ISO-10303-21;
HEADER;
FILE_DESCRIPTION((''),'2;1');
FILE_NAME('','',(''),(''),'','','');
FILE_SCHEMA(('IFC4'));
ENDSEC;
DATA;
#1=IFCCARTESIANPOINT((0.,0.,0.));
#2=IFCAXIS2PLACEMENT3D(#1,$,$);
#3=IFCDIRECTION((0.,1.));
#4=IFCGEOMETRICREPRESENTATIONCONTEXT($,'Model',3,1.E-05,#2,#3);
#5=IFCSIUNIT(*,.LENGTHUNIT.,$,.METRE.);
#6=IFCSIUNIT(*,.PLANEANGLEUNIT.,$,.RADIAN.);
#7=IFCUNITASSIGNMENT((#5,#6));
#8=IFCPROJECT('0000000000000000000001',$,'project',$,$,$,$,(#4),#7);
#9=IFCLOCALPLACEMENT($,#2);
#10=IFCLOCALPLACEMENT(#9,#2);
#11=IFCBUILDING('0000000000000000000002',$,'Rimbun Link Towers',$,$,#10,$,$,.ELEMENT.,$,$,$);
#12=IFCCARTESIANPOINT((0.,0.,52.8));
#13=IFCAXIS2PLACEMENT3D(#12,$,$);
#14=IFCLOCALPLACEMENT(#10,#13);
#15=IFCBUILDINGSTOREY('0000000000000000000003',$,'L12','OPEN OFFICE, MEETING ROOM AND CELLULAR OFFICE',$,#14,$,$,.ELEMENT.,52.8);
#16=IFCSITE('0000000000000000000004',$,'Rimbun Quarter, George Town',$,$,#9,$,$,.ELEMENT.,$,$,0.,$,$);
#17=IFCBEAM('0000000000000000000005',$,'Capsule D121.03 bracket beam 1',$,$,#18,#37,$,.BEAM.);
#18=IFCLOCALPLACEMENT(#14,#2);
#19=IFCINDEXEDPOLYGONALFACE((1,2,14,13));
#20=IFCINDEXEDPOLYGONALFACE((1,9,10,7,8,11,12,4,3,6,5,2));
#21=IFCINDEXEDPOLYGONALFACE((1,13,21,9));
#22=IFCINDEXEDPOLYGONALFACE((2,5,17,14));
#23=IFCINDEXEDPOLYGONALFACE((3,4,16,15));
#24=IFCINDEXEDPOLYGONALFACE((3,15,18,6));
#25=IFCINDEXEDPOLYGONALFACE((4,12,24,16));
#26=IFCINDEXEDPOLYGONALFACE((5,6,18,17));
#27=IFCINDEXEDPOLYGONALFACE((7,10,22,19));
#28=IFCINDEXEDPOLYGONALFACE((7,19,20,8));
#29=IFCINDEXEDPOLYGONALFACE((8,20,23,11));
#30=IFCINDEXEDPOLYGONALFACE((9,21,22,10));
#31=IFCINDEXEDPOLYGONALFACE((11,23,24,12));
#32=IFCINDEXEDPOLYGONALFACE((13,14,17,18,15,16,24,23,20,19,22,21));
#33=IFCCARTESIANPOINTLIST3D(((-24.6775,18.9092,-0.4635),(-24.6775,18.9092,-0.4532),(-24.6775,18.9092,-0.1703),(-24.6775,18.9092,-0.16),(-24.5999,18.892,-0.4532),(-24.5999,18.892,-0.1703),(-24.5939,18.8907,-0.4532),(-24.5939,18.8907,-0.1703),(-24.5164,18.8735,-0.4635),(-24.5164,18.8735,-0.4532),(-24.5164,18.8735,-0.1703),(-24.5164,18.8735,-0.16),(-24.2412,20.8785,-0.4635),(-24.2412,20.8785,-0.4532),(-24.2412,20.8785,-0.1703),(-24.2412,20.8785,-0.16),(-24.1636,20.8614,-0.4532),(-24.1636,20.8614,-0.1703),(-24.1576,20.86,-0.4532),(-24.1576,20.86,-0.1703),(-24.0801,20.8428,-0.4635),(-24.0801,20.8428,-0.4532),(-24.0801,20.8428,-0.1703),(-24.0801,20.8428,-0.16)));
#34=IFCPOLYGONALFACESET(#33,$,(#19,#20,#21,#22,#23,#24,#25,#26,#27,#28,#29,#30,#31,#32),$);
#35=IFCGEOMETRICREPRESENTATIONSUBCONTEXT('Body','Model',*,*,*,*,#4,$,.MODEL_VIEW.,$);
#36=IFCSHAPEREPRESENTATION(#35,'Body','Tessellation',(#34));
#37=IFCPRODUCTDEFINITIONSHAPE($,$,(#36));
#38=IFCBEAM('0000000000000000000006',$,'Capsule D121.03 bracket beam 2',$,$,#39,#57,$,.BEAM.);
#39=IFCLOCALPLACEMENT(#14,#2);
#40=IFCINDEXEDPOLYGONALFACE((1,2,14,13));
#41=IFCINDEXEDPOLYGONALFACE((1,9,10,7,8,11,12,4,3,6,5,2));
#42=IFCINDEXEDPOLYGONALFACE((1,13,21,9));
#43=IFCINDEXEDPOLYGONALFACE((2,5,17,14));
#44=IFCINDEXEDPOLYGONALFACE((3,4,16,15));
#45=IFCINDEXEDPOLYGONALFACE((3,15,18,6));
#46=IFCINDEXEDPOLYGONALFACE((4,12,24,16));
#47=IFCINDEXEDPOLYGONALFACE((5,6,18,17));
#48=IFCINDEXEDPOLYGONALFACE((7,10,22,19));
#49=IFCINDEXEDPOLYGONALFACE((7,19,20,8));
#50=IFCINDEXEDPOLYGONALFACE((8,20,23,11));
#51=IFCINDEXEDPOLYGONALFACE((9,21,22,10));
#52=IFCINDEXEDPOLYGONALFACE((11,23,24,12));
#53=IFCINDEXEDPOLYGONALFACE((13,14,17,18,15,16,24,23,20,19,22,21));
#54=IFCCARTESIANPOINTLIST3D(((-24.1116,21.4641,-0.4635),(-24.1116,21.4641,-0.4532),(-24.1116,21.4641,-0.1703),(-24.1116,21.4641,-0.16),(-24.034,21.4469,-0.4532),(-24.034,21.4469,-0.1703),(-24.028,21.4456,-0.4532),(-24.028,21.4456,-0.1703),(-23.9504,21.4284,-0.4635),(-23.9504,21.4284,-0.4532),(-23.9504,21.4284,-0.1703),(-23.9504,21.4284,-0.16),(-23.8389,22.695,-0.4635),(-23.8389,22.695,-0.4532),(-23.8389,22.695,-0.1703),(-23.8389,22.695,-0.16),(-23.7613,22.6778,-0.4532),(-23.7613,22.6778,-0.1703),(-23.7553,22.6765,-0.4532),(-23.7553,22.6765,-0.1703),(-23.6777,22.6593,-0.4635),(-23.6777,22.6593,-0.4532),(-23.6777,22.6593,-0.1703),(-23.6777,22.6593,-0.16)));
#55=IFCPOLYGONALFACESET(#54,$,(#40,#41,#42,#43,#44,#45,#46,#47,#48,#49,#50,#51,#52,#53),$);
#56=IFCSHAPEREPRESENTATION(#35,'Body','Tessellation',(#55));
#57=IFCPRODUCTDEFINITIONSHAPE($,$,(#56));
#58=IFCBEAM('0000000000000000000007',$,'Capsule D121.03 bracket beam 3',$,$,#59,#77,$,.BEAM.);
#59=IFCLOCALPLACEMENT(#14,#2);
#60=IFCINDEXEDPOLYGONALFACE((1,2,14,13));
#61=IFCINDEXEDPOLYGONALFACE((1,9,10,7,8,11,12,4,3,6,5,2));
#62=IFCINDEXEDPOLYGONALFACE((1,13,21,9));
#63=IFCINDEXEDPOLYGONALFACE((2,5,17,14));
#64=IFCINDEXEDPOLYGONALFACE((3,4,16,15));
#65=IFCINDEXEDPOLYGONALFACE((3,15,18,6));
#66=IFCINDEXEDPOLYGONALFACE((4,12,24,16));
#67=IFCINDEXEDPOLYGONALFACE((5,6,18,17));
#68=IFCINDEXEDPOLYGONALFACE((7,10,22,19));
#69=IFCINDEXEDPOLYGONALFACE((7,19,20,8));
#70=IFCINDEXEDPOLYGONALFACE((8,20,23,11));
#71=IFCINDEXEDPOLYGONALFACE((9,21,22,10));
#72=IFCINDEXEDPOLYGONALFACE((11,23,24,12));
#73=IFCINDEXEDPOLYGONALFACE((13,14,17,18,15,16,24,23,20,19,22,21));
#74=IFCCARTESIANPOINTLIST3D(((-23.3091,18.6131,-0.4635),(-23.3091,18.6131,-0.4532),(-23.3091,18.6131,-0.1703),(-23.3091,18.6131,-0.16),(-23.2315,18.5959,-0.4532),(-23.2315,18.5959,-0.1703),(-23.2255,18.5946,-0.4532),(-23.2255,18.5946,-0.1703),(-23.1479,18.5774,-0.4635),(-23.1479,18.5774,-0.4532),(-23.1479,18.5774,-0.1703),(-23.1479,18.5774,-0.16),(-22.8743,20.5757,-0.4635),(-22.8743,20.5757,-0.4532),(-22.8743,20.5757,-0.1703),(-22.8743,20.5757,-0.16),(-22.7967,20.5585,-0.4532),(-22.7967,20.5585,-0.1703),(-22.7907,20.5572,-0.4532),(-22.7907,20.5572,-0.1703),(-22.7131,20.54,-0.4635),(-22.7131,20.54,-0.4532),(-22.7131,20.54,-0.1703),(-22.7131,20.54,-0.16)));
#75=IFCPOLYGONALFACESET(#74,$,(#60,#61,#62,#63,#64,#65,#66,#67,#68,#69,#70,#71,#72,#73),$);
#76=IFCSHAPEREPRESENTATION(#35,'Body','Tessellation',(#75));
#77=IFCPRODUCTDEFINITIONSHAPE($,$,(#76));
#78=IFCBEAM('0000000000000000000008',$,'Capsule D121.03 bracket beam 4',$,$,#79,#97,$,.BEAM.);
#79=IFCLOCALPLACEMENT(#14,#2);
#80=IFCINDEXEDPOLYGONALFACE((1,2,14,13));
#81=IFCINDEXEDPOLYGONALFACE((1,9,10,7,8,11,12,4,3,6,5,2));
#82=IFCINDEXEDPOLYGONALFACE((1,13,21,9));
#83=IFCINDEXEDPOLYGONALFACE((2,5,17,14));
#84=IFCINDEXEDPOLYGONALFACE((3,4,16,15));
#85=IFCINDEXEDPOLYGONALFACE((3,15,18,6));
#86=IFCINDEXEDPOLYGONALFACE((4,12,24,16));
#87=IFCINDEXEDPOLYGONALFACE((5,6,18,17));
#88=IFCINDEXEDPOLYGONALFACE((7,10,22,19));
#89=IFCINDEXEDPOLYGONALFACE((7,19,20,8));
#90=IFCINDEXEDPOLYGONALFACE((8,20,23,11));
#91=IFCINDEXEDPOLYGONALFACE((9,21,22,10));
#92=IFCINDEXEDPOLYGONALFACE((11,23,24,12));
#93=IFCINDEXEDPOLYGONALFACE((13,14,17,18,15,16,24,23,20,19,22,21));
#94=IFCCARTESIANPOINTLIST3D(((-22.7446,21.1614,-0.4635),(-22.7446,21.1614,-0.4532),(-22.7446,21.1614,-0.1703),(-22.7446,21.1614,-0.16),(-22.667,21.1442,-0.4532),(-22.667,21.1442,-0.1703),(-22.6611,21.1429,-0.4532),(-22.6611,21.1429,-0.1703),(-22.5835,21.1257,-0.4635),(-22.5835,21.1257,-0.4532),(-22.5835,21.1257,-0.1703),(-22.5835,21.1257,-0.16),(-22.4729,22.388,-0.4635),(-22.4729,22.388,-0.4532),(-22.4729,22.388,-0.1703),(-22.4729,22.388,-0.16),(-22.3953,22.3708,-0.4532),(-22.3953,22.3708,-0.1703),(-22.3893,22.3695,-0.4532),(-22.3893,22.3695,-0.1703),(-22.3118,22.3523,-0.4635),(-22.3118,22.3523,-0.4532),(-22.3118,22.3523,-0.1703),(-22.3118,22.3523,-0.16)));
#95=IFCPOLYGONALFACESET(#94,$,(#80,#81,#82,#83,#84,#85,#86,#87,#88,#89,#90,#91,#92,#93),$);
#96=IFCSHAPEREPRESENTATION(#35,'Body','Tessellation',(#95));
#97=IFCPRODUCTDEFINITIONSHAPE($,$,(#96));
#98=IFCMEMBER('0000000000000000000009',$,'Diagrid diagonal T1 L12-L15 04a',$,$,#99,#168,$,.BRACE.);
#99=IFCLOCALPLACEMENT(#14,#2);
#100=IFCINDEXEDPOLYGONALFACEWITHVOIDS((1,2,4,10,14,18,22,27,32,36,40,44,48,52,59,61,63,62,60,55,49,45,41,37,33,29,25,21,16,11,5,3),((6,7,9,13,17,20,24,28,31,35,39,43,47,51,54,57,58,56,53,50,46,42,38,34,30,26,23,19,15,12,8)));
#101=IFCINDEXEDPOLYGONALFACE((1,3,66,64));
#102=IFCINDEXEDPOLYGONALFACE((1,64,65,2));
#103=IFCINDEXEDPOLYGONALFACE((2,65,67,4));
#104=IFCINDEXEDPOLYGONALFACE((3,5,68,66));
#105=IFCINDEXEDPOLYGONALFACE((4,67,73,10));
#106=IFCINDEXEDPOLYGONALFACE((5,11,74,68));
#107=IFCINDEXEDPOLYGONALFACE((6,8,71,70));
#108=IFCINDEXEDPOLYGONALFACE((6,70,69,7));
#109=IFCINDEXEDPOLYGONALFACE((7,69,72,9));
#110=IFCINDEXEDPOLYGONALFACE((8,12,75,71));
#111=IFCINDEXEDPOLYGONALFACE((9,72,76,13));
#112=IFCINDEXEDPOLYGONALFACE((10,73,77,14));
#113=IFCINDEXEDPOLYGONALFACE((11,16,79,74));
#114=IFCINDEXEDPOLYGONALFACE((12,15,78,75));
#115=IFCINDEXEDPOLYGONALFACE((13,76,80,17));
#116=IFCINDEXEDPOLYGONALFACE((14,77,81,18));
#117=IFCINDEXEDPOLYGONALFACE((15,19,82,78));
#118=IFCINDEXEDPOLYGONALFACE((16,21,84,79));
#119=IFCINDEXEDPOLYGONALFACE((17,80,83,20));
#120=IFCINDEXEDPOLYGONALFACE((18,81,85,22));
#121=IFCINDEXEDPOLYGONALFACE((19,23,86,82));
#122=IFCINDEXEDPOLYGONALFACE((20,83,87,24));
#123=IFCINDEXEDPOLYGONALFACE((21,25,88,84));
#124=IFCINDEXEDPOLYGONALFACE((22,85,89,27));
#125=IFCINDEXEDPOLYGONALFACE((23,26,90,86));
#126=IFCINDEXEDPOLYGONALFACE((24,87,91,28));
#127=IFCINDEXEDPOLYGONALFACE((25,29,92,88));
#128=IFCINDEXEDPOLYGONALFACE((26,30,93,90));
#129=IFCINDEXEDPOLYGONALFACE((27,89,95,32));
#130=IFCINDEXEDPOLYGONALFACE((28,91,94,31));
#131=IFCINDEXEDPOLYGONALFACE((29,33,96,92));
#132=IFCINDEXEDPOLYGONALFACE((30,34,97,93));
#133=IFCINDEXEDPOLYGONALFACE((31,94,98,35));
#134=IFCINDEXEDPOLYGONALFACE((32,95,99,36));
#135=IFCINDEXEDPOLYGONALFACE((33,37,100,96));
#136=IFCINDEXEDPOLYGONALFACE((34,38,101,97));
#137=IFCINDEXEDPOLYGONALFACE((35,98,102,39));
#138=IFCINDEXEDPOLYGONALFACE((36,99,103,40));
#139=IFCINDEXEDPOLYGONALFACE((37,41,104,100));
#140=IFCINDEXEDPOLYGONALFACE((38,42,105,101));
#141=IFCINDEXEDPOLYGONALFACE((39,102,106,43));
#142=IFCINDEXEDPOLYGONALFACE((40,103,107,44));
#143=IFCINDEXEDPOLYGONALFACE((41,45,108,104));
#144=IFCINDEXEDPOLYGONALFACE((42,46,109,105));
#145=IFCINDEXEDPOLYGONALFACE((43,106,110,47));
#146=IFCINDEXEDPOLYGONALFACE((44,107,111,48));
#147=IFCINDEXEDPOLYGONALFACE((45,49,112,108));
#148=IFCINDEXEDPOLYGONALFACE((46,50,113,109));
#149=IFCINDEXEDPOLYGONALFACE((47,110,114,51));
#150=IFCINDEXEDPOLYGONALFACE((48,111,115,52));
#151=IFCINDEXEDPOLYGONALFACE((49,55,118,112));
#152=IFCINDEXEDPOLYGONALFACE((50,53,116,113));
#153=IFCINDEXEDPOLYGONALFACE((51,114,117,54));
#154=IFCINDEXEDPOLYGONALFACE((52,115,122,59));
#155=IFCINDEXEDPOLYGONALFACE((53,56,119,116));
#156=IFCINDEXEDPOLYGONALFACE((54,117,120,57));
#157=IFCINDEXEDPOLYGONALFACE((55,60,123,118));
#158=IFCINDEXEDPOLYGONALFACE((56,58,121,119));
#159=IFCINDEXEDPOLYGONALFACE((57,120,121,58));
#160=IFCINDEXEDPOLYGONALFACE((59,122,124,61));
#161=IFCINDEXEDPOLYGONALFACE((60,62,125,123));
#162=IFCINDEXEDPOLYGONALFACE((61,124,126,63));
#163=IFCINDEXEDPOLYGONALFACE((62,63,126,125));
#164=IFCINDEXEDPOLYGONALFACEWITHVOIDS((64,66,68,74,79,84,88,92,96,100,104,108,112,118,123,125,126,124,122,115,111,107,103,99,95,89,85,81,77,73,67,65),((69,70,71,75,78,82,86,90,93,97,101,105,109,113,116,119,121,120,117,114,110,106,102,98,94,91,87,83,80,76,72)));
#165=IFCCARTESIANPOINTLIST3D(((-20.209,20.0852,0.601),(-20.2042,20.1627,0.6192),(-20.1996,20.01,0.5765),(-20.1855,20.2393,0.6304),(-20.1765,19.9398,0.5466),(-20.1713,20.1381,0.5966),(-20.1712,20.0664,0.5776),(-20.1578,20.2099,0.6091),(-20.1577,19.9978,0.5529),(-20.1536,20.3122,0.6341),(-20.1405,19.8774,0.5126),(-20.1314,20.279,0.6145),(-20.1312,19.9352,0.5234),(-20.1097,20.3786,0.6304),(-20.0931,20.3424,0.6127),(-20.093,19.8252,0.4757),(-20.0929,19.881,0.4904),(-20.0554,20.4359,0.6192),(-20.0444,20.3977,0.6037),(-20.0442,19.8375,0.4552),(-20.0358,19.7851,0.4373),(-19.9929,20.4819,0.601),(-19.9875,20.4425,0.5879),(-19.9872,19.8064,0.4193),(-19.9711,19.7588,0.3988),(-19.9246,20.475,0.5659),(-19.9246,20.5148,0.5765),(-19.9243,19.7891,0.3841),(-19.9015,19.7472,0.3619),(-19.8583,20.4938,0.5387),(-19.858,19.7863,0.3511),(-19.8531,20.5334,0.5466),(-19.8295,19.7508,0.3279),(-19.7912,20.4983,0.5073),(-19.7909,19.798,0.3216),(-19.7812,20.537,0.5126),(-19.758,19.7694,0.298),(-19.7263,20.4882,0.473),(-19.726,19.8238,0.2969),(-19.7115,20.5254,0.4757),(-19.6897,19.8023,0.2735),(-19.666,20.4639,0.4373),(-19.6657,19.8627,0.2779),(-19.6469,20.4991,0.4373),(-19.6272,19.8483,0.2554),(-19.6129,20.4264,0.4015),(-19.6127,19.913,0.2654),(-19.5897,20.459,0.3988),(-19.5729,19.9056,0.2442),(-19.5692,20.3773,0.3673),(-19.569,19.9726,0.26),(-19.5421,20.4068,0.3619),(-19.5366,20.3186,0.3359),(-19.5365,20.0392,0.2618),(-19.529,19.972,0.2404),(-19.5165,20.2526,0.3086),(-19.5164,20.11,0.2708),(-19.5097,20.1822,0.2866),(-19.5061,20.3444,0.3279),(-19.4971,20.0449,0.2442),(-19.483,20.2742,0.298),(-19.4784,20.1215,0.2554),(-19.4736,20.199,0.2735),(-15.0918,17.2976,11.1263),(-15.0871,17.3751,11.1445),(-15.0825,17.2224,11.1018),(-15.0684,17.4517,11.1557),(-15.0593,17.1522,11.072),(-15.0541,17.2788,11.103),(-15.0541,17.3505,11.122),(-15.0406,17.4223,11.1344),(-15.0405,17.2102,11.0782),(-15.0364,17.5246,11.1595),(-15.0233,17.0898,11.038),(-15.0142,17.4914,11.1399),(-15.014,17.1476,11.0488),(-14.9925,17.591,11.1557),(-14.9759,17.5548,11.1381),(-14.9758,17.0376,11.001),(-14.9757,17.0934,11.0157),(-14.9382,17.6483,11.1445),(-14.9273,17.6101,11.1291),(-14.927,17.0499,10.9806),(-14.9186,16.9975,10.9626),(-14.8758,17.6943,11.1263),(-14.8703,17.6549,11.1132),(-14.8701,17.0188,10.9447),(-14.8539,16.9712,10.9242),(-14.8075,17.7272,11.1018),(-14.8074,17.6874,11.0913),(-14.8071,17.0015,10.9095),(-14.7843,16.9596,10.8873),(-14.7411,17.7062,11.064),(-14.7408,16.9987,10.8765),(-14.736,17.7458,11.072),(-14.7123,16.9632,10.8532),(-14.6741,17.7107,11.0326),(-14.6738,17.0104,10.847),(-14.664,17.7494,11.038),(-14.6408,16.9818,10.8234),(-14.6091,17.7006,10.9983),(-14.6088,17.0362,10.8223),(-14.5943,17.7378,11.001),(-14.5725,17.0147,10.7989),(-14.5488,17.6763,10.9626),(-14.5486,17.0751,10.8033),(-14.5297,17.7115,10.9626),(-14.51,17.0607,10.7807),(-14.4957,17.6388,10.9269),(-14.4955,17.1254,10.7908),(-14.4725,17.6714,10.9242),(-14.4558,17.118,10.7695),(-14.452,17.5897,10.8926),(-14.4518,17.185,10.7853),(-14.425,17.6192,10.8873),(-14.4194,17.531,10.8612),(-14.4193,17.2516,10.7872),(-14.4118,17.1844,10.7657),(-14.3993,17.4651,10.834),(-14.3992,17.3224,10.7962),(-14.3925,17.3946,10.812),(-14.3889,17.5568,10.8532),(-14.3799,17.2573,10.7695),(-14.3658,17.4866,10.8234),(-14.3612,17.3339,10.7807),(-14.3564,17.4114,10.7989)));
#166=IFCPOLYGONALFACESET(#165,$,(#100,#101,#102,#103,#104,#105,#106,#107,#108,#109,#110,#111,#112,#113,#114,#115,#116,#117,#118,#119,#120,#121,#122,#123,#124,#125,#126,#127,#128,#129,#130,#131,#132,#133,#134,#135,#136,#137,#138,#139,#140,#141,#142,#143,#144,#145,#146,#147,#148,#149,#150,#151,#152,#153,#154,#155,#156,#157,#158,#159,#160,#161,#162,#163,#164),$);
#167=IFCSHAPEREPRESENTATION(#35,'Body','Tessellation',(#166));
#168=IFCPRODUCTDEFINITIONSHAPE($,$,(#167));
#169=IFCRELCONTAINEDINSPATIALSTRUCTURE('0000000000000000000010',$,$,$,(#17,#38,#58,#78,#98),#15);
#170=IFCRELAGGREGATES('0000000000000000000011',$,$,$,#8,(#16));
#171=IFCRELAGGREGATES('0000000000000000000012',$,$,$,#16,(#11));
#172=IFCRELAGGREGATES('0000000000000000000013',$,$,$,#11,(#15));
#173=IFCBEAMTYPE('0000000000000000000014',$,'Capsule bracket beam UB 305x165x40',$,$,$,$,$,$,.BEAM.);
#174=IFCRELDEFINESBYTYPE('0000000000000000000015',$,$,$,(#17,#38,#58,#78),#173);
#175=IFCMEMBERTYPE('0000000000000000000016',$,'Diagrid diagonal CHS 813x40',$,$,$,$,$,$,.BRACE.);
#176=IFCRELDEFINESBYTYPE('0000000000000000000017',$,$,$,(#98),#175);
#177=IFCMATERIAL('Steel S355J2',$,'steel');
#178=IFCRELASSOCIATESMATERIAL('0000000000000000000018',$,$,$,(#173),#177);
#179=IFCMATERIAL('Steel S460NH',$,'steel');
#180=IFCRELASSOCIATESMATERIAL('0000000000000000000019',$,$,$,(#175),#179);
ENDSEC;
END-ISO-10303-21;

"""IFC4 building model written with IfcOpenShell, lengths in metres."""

from ifc_helpers import new_model, si_unit, direction, frame, origin, origin_2d, place, context, subcontext, project, spatial, hollow_circle, i_section, extrude, material, material_profile, profile_set, type_object, element, save


model = new_model("IFC4")

# Units and contexts
model_context = context("Model", 3, precision=1e-05, world=origin(), true_north=direction((0.0, 1.0)))
body_context = subcontext(model_context, "Body", "Model", "MODEL_VIEW")
ifc_project = project(units=[si_unit("LENGTHUNIT", "METRE"), si_unit("PLANEANGLEUNIT", "RADIAN")], contexts=[model_context])

# Site, building, storey
site_placement = place(None, origin())
site = spatial("IfcSite", under=ifc_project, at=site_placement, Name="Rimbun Quarter, George Town", CompositionType="ELEMENT", RefElevation=0.0)
building_placement = place(site_placement, origin())
building = spatial("IfcBuilding", under=site, at=building_placement, Name="Rimbun Link Towers", CompositionType="ELEMENT")
storey_placement = place(building_placement, frame((0.0, 0.0, 52.8)))
storey = spatial("IfcBuildingStorey", under=building, at=storey_placement, Name="L12", Description="OPEN OFFICE, MEETING ROOM AND CELLULAR OFFICE", CompositionType="ELEMENT", Elevation=52.8)

# Beams
ifc_material_1 = material(Name="Steel S355J2", Category="steel")
ifc_material_profile_1 = material_profile(ifc_material_1, i_section(OverallWidth=0.165, OverallDepth=0.3035, WebThickness=0.0061, FlangeThickness=0.0103, at=origin_2d()), Name="UB 305x165x40")
ifc_profile_set_1 = profile_set([ifc_material_profile_1], Name="Steel S355J2")
beam_type_1 = type_object("IfcBeamType", Name="Capsule bracket beam UB 305x165x40", PredefinedType="BEAM", material=ifc_profile_set_1)
beam_1_placement = place(storey_placement, frame((-24.5969, 18.8914, -0.3118), z_axis=(0.216302, 0.976326, 0.0), x_axis=(-0.976326, 0.216302, 0.0)))
element("IfcBeam", 1, at=beam_1_placement, inside=storey, type_object=beam_type_1, Name="Capsule D121.03 bracket beam 1", PredefinedType="BEAM", context=body_context, shape_type="SweptSolid", body=[
    extrude(i_section(OverallWidth=0.165, OverallDepth=0.3035, WebThickness=0.0061, FlangeThickness=0.0103, at=origin_2d()), origin(), (0.0, 0.0, 1.0), 2.0171),
])
beam_2_placement = place(storey_placement, frame((-24.031, 21.4463, -0.3118), z_axis=(0.216295, 0.976328, 0.0), x_axis=(-0.976328, 0.216295, 0.0)))
element("IfcBeam", 2, at=beam_2_placement, inside=storey, type_object=beam_type_1, Name="Capsule D121.03 bracket beam 2", PredefinedType="BEAM", context=body_context, shape_type="SweptSolid", body=[
    extrude(i_section(OverallWidth=0.165, OverallDepth=0.3035, WebThickness=0.0061, FlangeThickness=0.0103, at=origin_2d()), origin(), (0.0, 0.0, 1.0), 1.2607),
])
beam_3_placement = place(storey_placement, frame((-23.2285, 18.5952, -0.3118), z_axis=(0.2163, 0.976327, 0.0), x_axis=(-0.976327, 0.2163, 0.0)))
element("IfcBeam", 3, at=beam_3_placement, inside=storey, type_object=beam_type_1, Name="Capsule D121.03 bracket beam 3", PredefinedType="BEAM", context=body_context, shape_type="SweptSolid", body=[
    extrude(i_section(OverallWidth=0.165, OverallDepth=0.3035, WebThickness=0.0061, FlangeThickness=0.0103, at=origin_2d()), origin(), (0.0, 0.0, 1.0), 2.0103),
])
beam_4_placement = place(storey_placement, frame((-22.6641, 21.1436, -0.3118), z_axis=(0.216293, 0.976329, 0.0), x_axis=(-0.976329, 0.216293, 0.0)))
element("IfcBeam", 4, at=beam_4_placement, inside=storey, type_object=beam_type_1, Name="Capsule D121.03 bracket beam 4", PredefinedType="BEAM", context=body_context, shape_type="SweptSolid", body=[
    extrude(i_section(OverallWidth=0.165, OverallDepth=0.3035, WebThickness=0.0061, FlangeThickness=0.0103, at=origin_2d()), origin(), (0.0, 0.0, 1.0), 1.2563),
])

# Member
ifc_material_2 = material(Name="Steel S460NH", Category="steel")
ifc_material_profile_2 = material_profile(ifc_material_2, hollow_circle(Radius=0.4065, WallThickness=0.04, at=origin_2d()), Name="Diagrid diagonal CHS 813x40")
ifc_profile_set_2 = profile_set([ifc_material_profile_2], Name="Steel S460NH")
member_type_1 = type_object("IfcMemberType", Name="Diagrid diagonal CHS 813x40", PredefinedType="BRACE", material=ifc_profile_set_2)
member_1_placement = place(storey_placement, frame((-19.8413, 20.1421, 0.4373), z_axis=(0.425341, -0.231705, 0.87487), x_axis=(0.478377, 0.878155, 0.0)))
element("IfcMember", 5, at=member_1_placement, inside=storey, type_object=member_type_1, Name="Diagrid diagonal T1 L12-L15 04a", PredefinedType="BRACE", context=body_context, shape_type="SweptSolid", body=[
    extrude(hollow_circle(Radius=0.4065, WallThickness=0.04, at=origin_2d()), origin(), (0.0, 0.0, 1.0), 12.0308),
])

save(model, "model.ifc")
